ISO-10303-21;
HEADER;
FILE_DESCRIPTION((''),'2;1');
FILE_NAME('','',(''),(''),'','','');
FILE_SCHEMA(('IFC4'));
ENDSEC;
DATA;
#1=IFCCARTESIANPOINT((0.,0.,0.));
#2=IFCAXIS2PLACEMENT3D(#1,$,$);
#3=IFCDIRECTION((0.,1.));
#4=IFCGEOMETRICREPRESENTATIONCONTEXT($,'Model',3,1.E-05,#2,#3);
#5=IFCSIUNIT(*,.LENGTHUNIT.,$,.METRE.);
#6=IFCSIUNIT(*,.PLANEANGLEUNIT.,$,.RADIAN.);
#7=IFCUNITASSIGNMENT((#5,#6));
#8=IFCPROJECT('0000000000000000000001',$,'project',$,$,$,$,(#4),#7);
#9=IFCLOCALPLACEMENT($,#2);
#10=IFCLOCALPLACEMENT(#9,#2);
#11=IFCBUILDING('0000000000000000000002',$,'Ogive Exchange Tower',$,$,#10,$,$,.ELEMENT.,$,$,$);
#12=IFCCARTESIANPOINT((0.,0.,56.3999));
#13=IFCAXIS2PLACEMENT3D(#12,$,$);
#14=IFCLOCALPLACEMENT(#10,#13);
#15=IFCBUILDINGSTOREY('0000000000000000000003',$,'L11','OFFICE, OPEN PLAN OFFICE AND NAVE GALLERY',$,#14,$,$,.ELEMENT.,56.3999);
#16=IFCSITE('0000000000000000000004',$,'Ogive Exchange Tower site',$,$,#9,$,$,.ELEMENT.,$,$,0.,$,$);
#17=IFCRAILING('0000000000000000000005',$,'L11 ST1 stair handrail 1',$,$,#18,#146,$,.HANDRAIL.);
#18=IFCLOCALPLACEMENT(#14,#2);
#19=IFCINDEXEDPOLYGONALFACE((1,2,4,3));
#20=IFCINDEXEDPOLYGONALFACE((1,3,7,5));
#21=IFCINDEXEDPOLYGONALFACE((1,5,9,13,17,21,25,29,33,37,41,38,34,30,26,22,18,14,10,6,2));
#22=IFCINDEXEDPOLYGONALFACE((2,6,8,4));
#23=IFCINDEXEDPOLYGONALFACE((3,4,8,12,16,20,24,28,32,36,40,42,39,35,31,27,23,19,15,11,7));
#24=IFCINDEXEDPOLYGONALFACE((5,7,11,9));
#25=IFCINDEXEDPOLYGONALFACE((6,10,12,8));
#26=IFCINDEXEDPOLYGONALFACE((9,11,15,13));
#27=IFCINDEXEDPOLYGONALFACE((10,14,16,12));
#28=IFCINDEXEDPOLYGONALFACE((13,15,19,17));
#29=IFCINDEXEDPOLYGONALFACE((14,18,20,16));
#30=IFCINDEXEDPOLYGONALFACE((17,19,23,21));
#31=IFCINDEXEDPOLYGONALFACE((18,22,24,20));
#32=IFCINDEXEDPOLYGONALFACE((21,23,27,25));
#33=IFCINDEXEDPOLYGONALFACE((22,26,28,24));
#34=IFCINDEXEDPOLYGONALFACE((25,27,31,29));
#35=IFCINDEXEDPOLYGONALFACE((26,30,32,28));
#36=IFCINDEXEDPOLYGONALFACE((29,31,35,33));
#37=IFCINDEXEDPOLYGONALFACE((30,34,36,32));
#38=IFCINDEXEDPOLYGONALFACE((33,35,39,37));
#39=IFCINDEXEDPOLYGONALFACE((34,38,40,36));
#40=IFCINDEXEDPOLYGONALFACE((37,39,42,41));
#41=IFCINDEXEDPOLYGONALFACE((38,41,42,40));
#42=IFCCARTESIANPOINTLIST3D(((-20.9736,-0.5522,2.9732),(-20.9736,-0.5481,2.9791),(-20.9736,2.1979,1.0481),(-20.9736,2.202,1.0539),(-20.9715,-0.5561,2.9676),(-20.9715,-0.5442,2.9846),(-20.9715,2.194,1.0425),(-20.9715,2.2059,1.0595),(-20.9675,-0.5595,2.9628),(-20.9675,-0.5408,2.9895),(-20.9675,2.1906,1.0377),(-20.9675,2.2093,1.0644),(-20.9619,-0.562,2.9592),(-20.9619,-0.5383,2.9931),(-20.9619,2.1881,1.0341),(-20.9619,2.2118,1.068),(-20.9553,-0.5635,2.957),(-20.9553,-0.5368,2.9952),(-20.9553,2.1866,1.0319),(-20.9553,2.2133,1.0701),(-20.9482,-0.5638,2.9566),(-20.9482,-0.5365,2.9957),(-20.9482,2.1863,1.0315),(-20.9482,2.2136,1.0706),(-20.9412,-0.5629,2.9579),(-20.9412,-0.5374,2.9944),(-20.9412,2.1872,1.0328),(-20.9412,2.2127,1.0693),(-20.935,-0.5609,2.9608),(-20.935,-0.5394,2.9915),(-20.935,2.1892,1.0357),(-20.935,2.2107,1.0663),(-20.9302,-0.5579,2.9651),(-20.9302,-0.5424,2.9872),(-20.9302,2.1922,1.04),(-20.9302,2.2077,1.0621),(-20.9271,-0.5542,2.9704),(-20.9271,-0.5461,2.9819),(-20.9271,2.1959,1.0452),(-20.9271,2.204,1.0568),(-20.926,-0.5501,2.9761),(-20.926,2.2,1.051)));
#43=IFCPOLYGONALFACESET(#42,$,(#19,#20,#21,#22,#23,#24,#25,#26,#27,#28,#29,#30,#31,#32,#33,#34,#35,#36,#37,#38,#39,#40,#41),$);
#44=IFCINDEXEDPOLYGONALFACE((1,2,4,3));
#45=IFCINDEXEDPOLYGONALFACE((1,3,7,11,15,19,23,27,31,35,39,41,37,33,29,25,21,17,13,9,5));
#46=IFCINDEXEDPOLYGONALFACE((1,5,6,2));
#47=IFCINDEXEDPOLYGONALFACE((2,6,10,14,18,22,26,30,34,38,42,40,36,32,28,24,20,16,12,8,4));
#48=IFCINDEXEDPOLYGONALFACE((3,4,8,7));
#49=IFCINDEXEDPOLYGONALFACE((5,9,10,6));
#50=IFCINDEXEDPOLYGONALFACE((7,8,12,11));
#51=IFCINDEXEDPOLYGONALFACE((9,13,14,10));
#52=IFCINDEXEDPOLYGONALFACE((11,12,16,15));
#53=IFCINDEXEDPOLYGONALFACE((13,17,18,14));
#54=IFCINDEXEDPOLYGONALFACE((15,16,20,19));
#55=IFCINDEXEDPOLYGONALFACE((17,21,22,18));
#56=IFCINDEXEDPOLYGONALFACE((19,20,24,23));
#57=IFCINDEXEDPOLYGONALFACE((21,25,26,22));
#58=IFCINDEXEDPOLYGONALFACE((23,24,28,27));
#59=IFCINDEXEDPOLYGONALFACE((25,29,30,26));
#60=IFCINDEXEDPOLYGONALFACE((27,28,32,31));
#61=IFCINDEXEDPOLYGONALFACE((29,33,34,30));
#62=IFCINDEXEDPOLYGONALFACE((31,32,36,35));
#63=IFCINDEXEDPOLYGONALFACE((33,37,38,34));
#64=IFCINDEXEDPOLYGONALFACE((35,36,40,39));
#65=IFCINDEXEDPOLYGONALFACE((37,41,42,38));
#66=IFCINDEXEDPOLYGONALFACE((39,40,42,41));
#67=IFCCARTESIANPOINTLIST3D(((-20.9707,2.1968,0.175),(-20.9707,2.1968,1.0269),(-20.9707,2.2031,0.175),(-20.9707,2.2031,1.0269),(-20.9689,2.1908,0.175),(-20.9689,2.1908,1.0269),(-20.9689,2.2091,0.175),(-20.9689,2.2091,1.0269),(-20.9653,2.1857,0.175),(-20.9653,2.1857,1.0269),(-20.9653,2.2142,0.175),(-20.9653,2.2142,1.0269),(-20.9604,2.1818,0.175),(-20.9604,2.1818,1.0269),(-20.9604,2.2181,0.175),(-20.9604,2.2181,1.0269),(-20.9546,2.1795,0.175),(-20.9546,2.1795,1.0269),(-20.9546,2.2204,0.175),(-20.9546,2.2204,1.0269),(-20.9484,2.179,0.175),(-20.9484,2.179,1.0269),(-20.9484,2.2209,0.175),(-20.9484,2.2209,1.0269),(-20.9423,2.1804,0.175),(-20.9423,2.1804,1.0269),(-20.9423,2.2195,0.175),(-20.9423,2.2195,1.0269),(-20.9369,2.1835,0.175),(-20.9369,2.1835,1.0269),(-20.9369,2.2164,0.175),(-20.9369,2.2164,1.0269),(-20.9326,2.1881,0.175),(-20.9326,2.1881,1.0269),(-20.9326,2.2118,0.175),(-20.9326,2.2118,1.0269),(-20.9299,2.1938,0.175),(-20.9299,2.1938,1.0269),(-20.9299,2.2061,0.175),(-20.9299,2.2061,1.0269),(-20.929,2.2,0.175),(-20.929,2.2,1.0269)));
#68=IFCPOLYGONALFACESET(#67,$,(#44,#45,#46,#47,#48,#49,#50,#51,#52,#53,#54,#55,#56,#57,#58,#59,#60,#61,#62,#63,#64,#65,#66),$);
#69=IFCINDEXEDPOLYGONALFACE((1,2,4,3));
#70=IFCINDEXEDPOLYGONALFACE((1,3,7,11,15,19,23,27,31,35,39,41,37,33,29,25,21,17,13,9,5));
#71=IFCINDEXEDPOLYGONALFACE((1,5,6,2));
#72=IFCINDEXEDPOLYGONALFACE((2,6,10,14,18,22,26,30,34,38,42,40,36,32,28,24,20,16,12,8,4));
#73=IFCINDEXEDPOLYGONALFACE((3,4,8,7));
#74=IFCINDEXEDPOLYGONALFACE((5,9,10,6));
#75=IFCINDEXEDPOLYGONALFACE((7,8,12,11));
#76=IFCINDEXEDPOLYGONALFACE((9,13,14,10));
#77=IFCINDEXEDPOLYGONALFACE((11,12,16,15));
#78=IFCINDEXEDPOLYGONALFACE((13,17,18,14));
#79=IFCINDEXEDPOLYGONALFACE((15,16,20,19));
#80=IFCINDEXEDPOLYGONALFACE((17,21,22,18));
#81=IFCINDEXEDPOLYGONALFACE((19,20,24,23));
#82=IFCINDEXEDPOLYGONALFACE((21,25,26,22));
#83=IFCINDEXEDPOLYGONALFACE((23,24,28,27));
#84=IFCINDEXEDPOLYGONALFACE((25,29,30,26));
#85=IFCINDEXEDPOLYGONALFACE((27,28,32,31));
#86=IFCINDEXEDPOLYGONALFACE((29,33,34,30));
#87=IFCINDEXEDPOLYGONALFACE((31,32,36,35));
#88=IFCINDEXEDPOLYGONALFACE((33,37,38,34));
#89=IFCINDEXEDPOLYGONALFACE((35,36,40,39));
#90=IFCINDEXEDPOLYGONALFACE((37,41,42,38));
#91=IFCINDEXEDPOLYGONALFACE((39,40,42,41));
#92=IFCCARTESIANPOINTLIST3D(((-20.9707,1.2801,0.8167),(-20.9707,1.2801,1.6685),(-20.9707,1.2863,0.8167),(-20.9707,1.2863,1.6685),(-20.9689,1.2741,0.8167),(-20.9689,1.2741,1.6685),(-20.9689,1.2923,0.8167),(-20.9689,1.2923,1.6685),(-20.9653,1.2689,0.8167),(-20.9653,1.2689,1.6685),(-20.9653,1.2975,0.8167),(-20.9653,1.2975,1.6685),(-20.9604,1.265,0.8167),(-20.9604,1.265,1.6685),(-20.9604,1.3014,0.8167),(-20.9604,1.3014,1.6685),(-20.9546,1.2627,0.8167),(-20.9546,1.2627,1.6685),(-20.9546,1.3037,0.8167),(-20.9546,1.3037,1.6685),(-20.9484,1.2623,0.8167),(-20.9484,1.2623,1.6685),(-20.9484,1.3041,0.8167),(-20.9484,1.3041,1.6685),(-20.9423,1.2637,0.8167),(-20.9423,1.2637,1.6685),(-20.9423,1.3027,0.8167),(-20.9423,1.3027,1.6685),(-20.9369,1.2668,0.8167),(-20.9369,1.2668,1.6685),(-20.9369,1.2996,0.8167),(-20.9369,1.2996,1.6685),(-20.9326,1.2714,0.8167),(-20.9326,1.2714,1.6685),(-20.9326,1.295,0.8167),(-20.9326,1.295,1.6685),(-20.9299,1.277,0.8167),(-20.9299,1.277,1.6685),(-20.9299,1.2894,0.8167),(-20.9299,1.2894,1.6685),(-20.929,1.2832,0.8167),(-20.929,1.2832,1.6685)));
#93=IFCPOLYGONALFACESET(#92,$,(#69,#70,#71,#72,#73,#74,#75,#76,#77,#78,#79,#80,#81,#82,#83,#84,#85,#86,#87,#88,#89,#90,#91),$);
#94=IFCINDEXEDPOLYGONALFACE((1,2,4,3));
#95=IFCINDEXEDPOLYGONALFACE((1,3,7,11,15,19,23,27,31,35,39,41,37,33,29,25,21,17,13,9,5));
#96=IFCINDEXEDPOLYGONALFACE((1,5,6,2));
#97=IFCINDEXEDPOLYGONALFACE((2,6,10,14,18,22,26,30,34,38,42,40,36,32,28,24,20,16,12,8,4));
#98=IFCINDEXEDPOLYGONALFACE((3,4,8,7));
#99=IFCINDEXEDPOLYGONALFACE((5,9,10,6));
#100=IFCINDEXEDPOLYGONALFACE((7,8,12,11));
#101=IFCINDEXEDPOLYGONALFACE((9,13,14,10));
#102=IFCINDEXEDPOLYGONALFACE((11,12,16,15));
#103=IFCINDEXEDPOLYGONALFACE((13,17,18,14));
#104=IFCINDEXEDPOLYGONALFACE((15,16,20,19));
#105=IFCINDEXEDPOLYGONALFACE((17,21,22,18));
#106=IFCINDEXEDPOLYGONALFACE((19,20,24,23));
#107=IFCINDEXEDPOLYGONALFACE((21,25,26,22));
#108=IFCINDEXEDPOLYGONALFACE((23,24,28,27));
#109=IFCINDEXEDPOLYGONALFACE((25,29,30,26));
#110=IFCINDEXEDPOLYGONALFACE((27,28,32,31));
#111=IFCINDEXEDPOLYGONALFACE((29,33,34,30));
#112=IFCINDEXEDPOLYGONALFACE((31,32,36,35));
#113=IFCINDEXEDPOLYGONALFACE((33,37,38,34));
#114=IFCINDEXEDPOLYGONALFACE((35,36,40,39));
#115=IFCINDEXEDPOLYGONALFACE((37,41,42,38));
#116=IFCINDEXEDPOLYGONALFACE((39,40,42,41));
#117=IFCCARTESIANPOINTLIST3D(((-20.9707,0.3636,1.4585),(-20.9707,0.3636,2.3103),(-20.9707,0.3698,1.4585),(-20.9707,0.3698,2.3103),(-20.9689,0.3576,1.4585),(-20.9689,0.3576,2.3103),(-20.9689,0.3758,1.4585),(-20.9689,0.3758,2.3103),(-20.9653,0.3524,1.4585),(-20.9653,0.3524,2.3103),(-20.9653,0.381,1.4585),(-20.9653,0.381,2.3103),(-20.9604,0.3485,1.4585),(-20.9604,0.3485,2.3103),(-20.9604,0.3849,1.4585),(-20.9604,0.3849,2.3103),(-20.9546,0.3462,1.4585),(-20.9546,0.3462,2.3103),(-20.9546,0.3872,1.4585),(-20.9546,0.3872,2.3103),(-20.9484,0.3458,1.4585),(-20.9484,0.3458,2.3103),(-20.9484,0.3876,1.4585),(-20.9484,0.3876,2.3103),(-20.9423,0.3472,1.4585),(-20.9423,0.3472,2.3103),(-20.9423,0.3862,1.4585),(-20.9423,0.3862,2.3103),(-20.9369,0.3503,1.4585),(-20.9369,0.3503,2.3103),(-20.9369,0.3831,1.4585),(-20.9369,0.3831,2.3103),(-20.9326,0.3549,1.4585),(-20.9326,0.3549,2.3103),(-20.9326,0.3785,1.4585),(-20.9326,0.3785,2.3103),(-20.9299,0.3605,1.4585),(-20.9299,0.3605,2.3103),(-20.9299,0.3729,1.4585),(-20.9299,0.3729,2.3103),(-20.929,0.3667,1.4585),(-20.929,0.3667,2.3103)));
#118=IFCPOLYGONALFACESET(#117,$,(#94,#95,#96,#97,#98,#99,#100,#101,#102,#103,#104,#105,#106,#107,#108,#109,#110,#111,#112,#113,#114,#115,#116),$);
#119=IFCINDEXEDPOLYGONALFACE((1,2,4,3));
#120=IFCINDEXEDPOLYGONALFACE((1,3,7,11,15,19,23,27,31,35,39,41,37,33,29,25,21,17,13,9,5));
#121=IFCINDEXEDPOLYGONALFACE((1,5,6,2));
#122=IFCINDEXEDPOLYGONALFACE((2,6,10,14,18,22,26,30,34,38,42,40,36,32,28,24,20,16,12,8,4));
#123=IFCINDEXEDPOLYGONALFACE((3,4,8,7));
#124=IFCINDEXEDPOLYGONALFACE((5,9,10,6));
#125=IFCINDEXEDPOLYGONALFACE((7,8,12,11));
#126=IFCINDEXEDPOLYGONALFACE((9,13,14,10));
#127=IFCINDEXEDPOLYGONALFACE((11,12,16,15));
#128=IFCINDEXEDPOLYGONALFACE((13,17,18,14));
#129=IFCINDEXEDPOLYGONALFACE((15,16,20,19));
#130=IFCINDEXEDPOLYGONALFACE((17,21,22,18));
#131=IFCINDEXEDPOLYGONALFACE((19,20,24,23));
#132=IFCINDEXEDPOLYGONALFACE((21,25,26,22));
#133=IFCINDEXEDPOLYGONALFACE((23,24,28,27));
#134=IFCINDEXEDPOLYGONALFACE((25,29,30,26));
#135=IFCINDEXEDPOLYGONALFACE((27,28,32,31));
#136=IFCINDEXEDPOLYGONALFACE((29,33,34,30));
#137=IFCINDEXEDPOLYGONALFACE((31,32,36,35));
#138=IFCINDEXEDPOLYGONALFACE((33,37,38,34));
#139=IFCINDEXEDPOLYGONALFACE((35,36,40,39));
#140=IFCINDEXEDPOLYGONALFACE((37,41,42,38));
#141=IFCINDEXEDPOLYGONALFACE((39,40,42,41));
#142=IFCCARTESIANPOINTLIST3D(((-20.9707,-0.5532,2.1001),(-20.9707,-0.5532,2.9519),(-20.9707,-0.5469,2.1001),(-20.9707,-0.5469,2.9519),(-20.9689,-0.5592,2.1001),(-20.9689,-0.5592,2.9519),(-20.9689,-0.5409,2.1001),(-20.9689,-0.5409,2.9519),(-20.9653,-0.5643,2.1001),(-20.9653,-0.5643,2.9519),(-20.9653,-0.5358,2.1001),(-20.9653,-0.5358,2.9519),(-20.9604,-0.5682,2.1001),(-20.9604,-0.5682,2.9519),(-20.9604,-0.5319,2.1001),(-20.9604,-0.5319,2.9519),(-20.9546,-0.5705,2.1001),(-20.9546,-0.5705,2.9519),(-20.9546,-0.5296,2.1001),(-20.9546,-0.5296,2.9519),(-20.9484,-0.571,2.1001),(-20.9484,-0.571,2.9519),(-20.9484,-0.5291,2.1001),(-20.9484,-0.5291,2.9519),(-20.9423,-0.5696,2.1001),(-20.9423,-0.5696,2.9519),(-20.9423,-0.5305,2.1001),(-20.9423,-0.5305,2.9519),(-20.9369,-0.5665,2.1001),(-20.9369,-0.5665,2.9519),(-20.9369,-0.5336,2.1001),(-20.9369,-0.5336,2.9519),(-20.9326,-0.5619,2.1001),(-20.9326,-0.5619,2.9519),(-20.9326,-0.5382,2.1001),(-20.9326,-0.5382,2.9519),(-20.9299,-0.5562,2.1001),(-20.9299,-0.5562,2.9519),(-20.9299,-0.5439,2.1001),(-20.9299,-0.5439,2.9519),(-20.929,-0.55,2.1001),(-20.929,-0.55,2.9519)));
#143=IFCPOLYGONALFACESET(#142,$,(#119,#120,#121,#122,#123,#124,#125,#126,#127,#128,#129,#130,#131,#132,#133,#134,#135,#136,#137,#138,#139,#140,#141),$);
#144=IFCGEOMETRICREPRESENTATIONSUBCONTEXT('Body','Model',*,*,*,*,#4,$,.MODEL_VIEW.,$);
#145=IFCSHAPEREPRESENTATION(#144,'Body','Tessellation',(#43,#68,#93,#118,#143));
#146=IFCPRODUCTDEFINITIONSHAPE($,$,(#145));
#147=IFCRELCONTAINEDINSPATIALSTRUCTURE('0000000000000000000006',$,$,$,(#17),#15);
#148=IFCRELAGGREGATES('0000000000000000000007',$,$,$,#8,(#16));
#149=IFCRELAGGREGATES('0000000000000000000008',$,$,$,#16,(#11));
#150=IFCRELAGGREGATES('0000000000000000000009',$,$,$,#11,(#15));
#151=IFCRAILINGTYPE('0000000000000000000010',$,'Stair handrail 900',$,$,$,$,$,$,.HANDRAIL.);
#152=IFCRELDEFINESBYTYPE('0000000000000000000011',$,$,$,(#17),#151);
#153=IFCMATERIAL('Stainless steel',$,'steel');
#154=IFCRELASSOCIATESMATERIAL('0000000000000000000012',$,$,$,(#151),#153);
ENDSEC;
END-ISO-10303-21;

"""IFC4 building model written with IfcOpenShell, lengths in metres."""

from ifc_helpers import new_model, si_unit, direction, frame, origin, origin_2d, place, context, subcontext, project, spatial, circle, extrude, material, type_object, element, save


model = new_model("IFC4")

# Units and contexts
model_context = context("Model", 3, precision=1e-05, world=origin(), true_north=direction((0.0, 1.0)))
body_context = subcontext(model_context, "Body", "Model", "MODEL_VIEW")
ifc_project = project(units=[si_unit("LENGTHUNIT", "METRE"), si_unit("PLANEANGLEUNIT", "RADIAN")], contexts=[model_context])

# Site, building, storey
site_placement = place(None, origin())
site = spatial("IfcSite", under=ifc_project, at=site_placement, Name="Ogive Exchange Tower site", CompositionType="ELEMENT", RefElevation=0.0)
building_placement = place(site_placement, origin())
building = spatial("IfcBuilding", under=site, at=building_placement, Name="Ogive Exchange Tower", CompositionType="ELEMENT")
storey_placement = place(building_placement, frame((0.0, 0.0, 56.3999)))
storey = spatial("IfcBuildingStorey", under=building, at=storey_placement, Name="L11", Description="OFFICE, OPEN PLAN OFFICE AND NAVE GALLERY", CompositionType="ELEMENT", Elevation=56.3999)

# Railing
ifc_material_1 = material(Name="Stainless steel", Category="steel")
railing_type = type_object("IfcRailingType", Name="Stair handrail 900", PredefinedType="HANDRAIL", material=ifc_material_1)
railing_placement = place(storey_placement, frame((-20.95, 2.2, 0.175)))
element("IfcRailing", 1, at=railing_placement, inside=storey, type_object=railing_type, Name="L11 ST1 stair handrail 1", PredefinedType="HANDRAIL", context=body_context, shape_type="SweptSolid", body=[
    extrude(circle(Radius=0.0239, at=origin_2d()), frame((0.0, 0.0, 0.876), z_axis=(0.0, -0.819225, 0.573472), x_axis=(1.0, 0.0, 0.0)), (0.0, 0.0, 1.0), 3.3569),
    extrude(circle(Radius=0.021, at=origin_2d()), origin(), (0.0, 0.0, 1.0), 0.8518),
    extrude(circle(Radius=0.021, at=origin_2d()), frame((0.0, -0.9167, 0.6416)), (0.0, 0.0, 1.0), 0.8518),
    extrude(circle(Radius=0.021, at=origin_2d()), frame((0.0, -1.8333, 1.2834)), (0.0, 0.0, 1.0), 0.8518),
    extrude(circle(Radius=0.021, at=origin_2d()), frame((0.0, -2.75, 1.925)), (0.0, 0.0, 1.0), 0.8518),
])

save(model, "model.ifc")
